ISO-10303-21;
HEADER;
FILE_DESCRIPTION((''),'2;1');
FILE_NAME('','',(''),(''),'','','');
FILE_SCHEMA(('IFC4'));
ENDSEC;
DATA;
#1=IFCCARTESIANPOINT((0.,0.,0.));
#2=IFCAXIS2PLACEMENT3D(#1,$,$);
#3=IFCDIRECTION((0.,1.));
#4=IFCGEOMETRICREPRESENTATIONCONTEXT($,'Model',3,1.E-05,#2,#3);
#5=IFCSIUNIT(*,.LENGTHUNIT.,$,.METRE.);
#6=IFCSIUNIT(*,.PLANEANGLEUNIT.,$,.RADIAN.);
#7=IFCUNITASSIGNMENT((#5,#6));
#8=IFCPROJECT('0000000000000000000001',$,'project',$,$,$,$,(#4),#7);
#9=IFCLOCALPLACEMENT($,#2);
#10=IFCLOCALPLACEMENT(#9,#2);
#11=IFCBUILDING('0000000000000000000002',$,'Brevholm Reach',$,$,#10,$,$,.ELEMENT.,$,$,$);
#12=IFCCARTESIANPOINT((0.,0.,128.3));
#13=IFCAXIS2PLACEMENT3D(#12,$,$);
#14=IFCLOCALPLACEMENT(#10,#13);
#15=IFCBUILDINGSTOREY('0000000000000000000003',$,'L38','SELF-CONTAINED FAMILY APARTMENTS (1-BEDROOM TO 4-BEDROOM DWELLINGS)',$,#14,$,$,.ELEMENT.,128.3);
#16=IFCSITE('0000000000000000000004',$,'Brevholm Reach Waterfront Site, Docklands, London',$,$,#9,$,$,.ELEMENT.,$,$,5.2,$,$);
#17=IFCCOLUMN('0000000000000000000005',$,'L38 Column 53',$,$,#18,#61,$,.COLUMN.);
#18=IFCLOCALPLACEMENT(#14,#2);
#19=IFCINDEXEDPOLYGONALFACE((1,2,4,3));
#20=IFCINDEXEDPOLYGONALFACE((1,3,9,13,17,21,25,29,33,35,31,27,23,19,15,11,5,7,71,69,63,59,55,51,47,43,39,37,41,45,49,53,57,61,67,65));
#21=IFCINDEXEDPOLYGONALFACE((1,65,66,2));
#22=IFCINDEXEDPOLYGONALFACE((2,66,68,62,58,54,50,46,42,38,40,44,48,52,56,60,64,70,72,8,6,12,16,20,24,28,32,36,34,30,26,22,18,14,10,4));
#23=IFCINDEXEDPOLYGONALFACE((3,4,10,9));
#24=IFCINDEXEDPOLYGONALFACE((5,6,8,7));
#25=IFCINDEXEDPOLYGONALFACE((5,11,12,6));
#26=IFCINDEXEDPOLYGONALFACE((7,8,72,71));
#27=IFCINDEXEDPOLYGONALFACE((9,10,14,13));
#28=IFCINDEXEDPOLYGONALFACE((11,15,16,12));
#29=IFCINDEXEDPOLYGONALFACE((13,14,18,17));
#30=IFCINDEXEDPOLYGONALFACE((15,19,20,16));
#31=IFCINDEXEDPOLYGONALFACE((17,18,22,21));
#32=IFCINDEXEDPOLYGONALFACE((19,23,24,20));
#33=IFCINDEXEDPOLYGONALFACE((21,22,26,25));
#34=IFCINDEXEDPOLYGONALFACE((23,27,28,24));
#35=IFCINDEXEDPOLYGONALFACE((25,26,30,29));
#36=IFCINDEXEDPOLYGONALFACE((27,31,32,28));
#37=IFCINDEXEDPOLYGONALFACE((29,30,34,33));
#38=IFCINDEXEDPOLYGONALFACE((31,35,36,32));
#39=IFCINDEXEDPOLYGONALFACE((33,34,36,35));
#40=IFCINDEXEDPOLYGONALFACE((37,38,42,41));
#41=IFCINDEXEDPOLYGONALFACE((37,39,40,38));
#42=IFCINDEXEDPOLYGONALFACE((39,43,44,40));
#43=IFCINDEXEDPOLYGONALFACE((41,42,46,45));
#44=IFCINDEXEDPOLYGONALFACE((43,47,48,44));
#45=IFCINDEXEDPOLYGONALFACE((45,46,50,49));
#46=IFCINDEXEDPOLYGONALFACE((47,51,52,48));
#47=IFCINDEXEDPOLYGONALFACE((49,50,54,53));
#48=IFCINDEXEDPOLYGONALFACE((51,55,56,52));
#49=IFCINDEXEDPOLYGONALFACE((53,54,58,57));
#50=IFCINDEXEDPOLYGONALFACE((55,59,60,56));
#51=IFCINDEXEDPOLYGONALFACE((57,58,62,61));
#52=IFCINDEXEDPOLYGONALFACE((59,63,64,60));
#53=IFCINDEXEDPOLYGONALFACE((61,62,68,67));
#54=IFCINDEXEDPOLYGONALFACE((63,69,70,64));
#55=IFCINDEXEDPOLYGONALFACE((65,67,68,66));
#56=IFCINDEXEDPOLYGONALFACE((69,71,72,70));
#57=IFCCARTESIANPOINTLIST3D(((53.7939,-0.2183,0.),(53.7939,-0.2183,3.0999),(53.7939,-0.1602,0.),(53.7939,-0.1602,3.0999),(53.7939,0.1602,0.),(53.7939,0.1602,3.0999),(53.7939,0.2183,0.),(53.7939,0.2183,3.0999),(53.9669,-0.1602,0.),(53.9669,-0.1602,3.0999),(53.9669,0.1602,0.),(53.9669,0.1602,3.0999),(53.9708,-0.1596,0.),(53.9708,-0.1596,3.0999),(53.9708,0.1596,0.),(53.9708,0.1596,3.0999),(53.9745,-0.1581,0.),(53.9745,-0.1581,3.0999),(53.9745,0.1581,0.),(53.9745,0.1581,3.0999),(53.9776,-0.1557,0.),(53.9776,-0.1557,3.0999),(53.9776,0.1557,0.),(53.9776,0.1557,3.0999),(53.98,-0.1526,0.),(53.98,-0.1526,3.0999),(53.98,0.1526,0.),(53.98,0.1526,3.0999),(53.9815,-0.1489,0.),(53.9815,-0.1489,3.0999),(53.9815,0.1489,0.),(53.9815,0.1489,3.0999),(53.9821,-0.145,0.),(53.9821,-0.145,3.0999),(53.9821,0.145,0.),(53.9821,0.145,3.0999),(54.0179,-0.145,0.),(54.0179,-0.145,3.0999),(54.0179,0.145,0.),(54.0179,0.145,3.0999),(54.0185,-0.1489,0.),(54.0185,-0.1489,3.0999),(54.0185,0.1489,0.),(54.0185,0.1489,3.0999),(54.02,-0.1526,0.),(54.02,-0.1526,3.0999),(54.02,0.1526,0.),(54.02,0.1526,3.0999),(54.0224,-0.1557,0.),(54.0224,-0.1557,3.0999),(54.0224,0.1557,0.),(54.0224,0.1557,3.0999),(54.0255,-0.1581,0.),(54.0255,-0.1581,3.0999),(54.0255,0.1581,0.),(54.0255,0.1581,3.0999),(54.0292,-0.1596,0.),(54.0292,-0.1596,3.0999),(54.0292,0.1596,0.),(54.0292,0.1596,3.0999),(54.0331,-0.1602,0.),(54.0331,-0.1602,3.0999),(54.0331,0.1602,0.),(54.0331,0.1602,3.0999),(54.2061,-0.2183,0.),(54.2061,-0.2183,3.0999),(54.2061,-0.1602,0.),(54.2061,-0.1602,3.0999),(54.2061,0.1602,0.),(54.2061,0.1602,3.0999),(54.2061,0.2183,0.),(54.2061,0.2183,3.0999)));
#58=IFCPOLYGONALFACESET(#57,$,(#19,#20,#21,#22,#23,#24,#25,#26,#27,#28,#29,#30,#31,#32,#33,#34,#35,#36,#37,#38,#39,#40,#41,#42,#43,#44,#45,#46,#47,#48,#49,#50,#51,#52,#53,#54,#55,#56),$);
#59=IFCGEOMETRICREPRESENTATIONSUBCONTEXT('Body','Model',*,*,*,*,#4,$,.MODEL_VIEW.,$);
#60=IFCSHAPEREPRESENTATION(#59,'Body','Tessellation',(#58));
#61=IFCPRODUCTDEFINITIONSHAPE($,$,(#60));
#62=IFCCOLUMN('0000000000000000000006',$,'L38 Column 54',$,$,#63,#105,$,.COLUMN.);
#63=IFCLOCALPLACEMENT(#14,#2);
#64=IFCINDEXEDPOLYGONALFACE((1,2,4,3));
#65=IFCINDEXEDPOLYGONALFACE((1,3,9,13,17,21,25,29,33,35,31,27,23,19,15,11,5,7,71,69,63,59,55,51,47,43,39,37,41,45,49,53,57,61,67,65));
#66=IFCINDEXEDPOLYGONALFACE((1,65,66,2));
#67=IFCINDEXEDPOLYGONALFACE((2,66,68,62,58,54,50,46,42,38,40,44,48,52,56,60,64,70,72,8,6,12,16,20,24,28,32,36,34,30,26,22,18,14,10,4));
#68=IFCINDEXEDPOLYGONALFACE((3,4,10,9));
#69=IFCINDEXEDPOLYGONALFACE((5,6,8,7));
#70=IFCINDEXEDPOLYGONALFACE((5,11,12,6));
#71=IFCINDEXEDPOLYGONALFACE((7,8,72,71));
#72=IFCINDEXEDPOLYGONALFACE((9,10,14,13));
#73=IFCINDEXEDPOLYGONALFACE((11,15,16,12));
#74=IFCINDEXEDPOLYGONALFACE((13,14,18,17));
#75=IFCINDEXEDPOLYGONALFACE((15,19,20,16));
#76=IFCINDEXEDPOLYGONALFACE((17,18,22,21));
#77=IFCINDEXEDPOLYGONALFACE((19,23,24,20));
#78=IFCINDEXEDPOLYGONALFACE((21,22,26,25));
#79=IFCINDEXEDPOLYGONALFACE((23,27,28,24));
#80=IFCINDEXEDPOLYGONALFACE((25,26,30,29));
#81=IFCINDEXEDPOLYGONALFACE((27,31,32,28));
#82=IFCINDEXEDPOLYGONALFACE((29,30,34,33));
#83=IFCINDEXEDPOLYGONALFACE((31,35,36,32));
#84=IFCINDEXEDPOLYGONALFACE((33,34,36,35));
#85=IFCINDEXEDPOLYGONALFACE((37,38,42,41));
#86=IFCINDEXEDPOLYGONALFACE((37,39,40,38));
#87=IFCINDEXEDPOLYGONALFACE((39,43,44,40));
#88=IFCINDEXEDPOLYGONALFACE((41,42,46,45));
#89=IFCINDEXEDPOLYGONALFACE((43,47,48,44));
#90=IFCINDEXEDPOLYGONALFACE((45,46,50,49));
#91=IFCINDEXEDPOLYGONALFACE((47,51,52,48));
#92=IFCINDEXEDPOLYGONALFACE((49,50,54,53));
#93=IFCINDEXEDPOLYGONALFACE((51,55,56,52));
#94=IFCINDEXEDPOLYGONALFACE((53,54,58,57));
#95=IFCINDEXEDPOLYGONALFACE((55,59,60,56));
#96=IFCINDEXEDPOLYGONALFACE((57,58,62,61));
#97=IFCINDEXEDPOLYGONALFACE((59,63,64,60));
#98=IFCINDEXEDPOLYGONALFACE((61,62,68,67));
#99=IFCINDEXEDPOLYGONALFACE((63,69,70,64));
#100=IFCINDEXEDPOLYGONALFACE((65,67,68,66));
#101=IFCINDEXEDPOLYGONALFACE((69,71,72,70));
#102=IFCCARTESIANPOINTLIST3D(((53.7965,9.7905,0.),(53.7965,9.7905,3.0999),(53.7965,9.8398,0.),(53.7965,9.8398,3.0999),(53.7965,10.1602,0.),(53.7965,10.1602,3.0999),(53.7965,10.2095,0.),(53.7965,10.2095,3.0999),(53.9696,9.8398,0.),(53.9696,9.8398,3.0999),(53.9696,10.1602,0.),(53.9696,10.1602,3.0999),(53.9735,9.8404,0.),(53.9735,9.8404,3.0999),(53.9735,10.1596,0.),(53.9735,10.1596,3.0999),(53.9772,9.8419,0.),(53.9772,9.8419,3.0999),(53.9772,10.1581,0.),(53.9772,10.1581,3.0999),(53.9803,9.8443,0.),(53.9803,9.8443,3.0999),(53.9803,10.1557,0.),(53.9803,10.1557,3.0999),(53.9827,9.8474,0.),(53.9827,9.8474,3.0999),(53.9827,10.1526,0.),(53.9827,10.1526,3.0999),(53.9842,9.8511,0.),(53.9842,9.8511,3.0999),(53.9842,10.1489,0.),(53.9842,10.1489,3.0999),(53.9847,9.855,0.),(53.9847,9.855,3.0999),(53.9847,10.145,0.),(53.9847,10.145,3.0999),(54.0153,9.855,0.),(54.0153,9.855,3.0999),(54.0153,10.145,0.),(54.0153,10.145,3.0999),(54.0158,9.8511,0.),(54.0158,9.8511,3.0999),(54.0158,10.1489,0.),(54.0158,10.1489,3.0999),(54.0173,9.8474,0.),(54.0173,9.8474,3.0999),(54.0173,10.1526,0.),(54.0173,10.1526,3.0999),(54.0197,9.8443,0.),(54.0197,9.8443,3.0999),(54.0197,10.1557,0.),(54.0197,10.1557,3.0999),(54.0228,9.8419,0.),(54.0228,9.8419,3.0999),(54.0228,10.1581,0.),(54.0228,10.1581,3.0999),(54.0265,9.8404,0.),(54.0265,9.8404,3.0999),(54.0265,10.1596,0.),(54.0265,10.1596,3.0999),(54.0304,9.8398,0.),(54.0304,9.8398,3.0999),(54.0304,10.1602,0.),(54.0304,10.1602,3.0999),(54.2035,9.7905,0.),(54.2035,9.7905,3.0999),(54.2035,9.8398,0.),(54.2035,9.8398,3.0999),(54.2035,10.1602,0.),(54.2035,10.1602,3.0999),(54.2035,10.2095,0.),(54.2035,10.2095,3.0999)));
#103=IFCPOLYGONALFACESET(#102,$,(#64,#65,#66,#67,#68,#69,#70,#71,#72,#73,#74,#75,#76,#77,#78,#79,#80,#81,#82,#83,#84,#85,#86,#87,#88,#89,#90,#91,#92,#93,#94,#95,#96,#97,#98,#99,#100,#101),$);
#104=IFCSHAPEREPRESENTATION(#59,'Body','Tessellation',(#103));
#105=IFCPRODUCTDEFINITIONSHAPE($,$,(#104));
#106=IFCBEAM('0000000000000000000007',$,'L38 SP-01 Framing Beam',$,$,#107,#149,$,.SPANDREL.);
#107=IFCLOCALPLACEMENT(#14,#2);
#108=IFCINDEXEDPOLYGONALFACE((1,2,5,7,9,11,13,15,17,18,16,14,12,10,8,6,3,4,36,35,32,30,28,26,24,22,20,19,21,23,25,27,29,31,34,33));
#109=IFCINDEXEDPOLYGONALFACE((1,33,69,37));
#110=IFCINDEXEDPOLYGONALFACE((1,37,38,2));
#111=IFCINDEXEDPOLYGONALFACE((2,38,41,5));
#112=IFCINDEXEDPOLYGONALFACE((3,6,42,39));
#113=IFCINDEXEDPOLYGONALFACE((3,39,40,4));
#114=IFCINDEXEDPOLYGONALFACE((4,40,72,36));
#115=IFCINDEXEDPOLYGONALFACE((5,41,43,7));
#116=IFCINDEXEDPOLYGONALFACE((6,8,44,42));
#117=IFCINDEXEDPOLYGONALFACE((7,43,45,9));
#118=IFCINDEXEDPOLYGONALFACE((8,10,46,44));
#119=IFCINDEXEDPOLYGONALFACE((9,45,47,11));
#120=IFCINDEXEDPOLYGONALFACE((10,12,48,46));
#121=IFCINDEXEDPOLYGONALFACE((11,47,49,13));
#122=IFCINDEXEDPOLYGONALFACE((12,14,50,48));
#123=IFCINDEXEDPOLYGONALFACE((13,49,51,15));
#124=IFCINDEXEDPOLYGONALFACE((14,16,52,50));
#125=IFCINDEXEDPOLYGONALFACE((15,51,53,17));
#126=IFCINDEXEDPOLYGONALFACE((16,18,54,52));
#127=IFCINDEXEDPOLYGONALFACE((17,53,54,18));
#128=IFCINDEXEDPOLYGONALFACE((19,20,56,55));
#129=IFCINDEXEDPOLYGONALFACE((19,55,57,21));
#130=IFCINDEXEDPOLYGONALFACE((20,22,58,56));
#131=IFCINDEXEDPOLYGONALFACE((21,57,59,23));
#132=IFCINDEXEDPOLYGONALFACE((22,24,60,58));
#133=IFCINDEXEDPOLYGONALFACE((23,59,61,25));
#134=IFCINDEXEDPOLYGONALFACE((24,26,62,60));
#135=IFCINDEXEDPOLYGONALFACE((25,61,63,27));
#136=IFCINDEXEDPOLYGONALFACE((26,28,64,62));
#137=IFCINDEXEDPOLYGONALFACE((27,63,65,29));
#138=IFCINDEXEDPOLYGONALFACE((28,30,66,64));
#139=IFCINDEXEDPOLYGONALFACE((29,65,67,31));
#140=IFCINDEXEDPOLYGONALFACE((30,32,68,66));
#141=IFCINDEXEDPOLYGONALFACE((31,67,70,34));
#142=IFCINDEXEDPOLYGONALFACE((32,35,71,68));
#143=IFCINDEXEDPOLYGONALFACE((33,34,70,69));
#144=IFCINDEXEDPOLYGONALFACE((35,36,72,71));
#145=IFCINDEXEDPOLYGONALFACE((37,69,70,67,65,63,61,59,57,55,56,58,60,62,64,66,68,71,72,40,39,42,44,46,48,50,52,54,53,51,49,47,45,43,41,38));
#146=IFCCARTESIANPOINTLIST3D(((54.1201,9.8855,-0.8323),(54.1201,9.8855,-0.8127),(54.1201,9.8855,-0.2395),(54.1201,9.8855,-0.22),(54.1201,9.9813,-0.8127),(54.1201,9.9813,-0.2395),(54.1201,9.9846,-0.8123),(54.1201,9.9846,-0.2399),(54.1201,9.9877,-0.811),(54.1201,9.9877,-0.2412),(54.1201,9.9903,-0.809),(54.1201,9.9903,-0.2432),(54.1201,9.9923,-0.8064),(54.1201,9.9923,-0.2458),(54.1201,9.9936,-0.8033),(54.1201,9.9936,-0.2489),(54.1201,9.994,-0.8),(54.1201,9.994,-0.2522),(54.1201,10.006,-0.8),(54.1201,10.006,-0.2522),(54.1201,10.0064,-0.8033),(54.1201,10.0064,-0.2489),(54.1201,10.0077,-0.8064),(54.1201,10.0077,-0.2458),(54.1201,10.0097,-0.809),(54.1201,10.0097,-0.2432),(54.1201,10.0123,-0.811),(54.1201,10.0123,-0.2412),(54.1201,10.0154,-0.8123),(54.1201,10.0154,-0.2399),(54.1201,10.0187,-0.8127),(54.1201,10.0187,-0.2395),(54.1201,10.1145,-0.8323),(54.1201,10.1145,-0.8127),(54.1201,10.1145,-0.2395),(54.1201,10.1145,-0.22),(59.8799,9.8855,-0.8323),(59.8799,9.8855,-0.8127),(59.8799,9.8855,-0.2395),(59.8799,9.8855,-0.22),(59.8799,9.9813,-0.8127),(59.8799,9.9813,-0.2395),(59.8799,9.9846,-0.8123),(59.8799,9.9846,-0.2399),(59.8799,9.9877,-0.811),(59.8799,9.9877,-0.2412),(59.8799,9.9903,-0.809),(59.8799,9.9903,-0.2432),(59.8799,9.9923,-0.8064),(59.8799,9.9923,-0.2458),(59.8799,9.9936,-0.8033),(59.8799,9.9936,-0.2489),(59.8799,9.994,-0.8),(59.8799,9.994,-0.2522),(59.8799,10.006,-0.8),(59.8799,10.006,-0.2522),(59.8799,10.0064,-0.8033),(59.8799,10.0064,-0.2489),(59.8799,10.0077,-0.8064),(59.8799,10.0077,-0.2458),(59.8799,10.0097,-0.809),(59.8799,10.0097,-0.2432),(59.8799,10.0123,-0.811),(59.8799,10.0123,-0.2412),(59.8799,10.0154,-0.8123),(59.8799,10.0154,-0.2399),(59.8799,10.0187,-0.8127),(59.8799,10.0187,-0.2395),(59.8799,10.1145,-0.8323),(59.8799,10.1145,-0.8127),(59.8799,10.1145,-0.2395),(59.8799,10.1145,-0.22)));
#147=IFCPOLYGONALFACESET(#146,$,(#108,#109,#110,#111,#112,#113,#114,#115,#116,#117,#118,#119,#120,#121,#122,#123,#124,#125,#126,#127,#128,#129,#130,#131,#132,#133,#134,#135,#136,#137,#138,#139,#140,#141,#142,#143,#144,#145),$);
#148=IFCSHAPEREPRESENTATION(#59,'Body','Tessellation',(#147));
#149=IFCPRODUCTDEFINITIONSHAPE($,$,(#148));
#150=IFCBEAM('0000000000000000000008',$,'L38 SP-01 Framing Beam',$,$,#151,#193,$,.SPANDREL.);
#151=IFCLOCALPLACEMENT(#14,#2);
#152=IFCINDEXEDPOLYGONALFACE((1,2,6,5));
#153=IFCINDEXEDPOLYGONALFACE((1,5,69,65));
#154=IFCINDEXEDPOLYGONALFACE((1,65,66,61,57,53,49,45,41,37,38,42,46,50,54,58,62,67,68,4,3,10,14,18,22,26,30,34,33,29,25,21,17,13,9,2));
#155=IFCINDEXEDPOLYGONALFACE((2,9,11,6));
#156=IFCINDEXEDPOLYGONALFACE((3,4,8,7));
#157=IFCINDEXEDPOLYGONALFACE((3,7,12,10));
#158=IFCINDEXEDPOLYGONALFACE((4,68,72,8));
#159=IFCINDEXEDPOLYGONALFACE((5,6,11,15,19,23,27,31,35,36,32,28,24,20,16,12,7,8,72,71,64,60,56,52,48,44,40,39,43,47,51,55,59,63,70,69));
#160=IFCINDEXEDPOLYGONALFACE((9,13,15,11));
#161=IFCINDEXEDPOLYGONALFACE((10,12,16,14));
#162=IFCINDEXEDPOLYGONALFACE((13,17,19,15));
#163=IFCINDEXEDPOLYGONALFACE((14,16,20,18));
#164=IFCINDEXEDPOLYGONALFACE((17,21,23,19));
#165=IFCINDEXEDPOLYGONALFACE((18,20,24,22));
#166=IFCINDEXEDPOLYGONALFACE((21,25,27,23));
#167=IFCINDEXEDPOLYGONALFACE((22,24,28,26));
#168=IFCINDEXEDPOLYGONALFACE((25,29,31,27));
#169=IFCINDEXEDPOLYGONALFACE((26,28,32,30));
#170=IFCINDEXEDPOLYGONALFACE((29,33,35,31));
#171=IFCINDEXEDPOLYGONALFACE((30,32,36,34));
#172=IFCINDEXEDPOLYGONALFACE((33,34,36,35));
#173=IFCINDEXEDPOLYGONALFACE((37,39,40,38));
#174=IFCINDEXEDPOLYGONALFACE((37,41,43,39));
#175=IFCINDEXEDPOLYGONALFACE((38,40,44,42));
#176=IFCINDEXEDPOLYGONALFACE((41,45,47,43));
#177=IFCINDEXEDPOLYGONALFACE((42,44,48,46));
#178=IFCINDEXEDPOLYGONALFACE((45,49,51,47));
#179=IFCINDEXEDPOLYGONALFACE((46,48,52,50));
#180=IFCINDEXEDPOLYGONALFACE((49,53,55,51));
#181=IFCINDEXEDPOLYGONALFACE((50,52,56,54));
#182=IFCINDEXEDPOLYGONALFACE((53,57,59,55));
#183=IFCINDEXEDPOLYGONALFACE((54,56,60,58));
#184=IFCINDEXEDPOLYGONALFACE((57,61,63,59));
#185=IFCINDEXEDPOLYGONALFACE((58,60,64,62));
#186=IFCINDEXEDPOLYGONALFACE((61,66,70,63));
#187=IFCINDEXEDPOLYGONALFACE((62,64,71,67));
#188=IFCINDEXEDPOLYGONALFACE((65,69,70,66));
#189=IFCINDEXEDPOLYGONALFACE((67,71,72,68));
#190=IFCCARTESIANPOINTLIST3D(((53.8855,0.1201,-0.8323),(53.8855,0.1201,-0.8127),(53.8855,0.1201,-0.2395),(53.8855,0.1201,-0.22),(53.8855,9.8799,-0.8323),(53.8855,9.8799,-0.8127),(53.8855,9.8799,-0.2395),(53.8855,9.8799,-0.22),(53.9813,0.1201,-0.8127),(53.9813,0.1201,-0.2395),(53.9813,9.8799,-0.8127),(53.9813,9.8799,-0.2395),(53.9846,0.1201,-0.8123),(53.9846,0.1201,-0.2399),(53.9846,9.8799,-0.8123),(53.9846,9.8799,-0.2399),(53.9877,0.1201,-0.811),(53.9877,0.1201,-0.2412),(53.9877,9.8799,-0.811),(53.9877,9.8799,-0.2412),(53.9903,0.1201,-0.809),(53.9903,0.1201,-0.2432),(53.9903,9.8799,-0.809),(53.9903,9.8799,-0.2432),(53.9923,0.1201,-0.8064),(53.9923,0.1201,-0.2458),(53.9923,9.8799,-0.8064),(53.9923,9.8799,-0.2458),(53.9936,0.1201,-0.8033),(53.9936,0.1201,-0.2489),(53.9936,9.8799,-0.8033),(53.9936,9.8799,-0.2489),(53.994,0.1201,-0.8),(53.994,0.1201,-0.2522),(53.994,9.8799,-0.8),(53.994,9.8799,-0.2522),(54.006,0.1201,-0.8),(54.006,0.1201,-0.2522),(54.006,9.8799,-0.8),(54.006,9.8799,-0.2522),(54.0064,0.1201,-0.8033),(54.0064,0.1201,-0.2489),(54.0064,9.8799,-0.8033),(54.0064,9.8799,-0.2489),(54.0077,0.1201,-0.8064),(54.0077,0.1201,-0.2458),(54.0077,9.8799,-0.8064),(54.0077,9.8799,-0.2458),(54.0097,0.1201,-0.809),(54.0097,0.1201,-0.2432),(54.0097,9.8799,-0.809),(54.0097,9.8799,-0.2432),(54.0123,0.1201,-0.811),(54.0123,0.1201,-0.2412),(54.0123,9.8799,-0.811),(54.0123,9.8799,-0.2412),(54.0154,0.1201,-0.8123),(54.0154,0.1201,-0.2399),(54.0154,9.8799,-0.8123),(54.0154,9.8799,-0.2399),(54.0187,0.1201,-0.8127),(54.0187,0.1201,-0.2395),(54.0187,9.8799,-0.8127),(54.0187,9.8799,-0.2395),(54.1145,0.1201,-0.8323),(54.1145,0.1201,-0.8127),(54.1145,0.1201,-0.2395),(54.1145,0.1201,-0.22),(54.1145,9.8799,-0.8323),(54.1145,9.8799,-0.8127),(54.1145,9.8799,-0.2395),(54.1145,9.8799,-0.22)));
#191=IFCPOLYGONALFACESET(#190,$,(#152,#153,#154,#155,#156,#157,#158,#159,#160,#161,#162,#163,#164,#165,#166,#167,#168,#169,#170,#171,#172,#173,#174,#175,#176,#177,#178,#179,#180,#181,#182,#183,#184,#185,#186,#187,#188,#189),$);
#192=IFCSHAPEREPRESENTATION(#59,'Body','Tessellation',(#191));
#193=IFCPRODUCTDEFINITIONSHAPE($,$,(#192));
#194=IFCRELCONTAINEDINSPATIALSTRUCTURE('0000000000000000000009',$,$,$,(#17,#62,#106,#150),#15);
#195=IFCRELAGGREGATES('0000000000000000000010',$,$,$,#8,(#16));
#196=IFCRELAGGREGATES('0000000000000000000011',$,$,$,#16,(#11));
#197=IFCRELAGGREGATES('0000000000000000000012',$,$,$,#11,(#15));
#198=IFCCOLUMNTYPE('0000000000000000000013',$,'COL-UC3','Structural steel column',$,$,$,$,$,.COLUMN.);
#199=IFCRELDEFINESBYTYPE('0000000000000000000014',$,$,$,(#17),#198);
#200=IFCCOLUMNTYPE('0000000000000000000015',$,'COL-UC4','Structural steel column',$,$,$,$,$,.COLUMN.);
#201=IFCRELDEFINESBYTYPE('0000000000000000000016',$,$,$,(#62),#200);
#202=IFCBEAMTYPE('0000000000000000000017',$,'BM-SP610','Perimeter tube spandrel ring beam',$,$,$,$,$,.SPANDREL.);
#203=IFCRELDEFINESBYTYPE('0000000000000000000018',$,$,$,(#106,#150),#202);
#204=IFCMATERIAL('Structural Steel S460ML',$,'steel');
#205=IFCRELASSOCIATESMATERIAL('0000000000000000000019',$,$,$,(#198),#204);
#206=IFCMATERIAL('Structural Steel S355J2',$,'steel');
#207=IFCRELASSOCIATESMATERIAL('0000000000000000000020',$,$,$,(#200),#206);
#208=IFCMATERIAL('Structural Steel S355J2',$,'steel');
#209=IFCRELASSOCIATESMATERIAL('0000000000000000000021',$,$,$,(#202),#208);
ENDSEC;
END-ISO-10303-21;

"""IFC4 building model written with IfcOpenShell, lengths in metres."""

from ifc_helpers import new_model, si_unit, direction, frame, origin, origin_2d, place, context, subcontext, project, spatial, i_section, extrude, material, material_profile, profile_set, type_object, element, save


model = new_model("IFC4")

# Units and contexts
model_context = context("Model", 3, precision=1e-05, world=origin(), true_north=direction((0.0, 1.0)))
body_context = subcontext(model_context, "Body", "Model", "MODEL_VIEW")
ifc_project = project(units=[si_unit("LENGTHUNIT", "METRE"), si_unit("PLANEANGLEUNIT", "RADIAN")], contexts=[model_context])

# Site, building, storey
site_placement = place(None, origin())
site = spatial("IfcSite", under=ifc_project, at=site_placement, Name="Brevholm Reach Waterfront Site, Docklands, London", CompositionType="ELEMENT", RefElevation=5.2)
building_placement = place(site_placement, origin())
building = spatial("IfcBuilding", under=site, at=building_placement, Name="Brevholm Reach", CompositionType="ELEMENT")
storey_placement = place(building_placement, frame((0.0, 0.0, 128.3)))
storey = spatial("IfcBuildingStorey", under=building, at=storey_placement, Name="L38", Description="SELF-CONTAINED FAMILY APARTMENTS (1-BEDROOM TO 4-BEDROOM DWELLINGS)", CompositionType="ELEMENT", Elevation=128.3)

# Columns
ifc_material_1 = material(Name="Structural Steel S460ML", Category="steel")
ifc_material_profile_1 = material_profile(ifc_material_1, i_section(OverallWidth=0.4121, OverallDepth=0.4365, WebThickness=0.0359, FlangeThickness=0.0581, FilletRadius=0.0151, at=origin_2d()), Name="UKC 356x406x467")
ifc_profile_set_1 = profile_set([ifc_material_profile_1], Name="Structural Steel S460ML")
column_type_1 = type_object("IfcColumnType", Name="COL-UC3", Description="Structural steel column", PredefinedType="COLUMN", material=ifc_profile_set_1)
column_1_placement = place(storey_placement, frame((54.0, 0.0, 0.0), z_axis=(0.0, 0.0, 1.0), x_axis=(1.0, 0.0, 0.0)))
element("IfcColumn", 1, at=column_1_placement, inside=storey, type_object=column_type_1, Name="L38 Column 53", PredefinedType="COLUMN", context=body_context, shape_type="SweptSolid", body=[
    extrude(i_section(OverallWidth=0.4121, OverallDepth=0.4365, WebThickness=0.0359, FlangeThickness=0.0581, FilletRadius=0.0151, at=origin_2d()), origin(), (0.0, 0.0, 1.0), 3.0999),
])
ifc_material_2 = material(Name="Structural Steel S355J2", Category="steel")
ifc_material_profile_2 = material_profile(ifc_material_2, i_section(OverallWidth=0.407, OverallDepth=0.4189, WebThickness=0.0305, FlangeThickness=0.0493, FilletRadius=0.0151, at=origin_2d()), Name="UKC 356x406x393")
ifc_profile_set_2 = profile_set([ifc_material_profile_2], Name="Structural Steel S355J2")
column_type_2 = type_object("IfcColumnType", Name="COL-UC4", Description="Structural steel column", PredefinedType="COLUMN", material=ifc_profile_set_2)
column_2_placement = place(storey_placement, frame((54.0, 10.0, 0.0), z_axis=(0.0, 0.0, 1.0), x_axis=(1.0, 0.0, 0.0)))
element("IfcColumn", 2, at=column_2_placement, inside=storey, type_object=column_type_2, Name="L38 Column 54", PredefinedType="COLUMN", context=body_context, shape_type="SweptSolid", body=[
    extrude(i_section(OverallWidth=0.407, OverallDepth=0.4189, WebThickness=0.0305, FlangeThickness=0.0493, FilletRadius=0.0151, at=origin_2d()), origin(), (0.0, 0.0, 1.0), 3.0999),
])

# Beams
ifc_material_3 = material(Name="Structural Steel S355J2", Category="steel")
ifc_material_profile_3 = material_profile(ifc_material_3, i_section(OverallWidth=0.229, OverallDepth=0.6123, WebThickness=0.012, FlangeThickness=0.0195, FilletRadius=0.0127, at=origin_2d()), Name="UKB 610x229x125")
ifc_profile_set_3 = profile_set([ifc_material_profile_3], Name="Structural Steel S355J2")
beam_type = type_object("IfcBeamType", Name="BM-SP610", Description="Perimeter tube spandrel ring beam", PredefinedType="SPANDREL", material=ifc_profile_set_3)
beam_1_placement = place(storey_placement, frame((54.1201, 10.0, -0.5261), z_axis=(1.0, 0.0, 0.0), x_axis=(0.0, 1.0, 0.0)))
element("IfcBeam", 3, at=beam_1_placement, inside=storey, type_object=beam_type, Name="L38 SP-01 Framing Beam", PredefinedType="SPANDREL", context=body_context, shape_type="SweptSolid", body=[
    extrude(i_section(OverallWidth=0.229, OverallDepth=0.6123, WebThickness=0.012, FlangeThickness=0.0195, FilletRadius=0.0127, at=origin_2d()), origin(), (0.0, 0.0, 1.0), 5.7598),
])
beam_2_placement = place(storey_placement, frame((54.0, 0.1201, -0.5261), z_axis=(0.0, 1.0, 0.0), x_axis=(-1.0, 0.0, 0.0)))
element("IfcBeam", 4, at=beam_2_placement, inside=storey, type_object=beam_type, Name="L38 SP-01 Framing Beam", PredefinedType="SPANDREL", context=body_context, shape_type="SweptSolid", body=[
    extrude(i_section(OverallWidth=0.229, OverallDepth=0.6123, WebThickness=0.012, FlangeThickness=0.0195, FilletRadius=0.0127, at=origin_2d()), origin(), (0.0, 0.0, 1.0), 9.7598),
])

save(model, "model.ifc")
